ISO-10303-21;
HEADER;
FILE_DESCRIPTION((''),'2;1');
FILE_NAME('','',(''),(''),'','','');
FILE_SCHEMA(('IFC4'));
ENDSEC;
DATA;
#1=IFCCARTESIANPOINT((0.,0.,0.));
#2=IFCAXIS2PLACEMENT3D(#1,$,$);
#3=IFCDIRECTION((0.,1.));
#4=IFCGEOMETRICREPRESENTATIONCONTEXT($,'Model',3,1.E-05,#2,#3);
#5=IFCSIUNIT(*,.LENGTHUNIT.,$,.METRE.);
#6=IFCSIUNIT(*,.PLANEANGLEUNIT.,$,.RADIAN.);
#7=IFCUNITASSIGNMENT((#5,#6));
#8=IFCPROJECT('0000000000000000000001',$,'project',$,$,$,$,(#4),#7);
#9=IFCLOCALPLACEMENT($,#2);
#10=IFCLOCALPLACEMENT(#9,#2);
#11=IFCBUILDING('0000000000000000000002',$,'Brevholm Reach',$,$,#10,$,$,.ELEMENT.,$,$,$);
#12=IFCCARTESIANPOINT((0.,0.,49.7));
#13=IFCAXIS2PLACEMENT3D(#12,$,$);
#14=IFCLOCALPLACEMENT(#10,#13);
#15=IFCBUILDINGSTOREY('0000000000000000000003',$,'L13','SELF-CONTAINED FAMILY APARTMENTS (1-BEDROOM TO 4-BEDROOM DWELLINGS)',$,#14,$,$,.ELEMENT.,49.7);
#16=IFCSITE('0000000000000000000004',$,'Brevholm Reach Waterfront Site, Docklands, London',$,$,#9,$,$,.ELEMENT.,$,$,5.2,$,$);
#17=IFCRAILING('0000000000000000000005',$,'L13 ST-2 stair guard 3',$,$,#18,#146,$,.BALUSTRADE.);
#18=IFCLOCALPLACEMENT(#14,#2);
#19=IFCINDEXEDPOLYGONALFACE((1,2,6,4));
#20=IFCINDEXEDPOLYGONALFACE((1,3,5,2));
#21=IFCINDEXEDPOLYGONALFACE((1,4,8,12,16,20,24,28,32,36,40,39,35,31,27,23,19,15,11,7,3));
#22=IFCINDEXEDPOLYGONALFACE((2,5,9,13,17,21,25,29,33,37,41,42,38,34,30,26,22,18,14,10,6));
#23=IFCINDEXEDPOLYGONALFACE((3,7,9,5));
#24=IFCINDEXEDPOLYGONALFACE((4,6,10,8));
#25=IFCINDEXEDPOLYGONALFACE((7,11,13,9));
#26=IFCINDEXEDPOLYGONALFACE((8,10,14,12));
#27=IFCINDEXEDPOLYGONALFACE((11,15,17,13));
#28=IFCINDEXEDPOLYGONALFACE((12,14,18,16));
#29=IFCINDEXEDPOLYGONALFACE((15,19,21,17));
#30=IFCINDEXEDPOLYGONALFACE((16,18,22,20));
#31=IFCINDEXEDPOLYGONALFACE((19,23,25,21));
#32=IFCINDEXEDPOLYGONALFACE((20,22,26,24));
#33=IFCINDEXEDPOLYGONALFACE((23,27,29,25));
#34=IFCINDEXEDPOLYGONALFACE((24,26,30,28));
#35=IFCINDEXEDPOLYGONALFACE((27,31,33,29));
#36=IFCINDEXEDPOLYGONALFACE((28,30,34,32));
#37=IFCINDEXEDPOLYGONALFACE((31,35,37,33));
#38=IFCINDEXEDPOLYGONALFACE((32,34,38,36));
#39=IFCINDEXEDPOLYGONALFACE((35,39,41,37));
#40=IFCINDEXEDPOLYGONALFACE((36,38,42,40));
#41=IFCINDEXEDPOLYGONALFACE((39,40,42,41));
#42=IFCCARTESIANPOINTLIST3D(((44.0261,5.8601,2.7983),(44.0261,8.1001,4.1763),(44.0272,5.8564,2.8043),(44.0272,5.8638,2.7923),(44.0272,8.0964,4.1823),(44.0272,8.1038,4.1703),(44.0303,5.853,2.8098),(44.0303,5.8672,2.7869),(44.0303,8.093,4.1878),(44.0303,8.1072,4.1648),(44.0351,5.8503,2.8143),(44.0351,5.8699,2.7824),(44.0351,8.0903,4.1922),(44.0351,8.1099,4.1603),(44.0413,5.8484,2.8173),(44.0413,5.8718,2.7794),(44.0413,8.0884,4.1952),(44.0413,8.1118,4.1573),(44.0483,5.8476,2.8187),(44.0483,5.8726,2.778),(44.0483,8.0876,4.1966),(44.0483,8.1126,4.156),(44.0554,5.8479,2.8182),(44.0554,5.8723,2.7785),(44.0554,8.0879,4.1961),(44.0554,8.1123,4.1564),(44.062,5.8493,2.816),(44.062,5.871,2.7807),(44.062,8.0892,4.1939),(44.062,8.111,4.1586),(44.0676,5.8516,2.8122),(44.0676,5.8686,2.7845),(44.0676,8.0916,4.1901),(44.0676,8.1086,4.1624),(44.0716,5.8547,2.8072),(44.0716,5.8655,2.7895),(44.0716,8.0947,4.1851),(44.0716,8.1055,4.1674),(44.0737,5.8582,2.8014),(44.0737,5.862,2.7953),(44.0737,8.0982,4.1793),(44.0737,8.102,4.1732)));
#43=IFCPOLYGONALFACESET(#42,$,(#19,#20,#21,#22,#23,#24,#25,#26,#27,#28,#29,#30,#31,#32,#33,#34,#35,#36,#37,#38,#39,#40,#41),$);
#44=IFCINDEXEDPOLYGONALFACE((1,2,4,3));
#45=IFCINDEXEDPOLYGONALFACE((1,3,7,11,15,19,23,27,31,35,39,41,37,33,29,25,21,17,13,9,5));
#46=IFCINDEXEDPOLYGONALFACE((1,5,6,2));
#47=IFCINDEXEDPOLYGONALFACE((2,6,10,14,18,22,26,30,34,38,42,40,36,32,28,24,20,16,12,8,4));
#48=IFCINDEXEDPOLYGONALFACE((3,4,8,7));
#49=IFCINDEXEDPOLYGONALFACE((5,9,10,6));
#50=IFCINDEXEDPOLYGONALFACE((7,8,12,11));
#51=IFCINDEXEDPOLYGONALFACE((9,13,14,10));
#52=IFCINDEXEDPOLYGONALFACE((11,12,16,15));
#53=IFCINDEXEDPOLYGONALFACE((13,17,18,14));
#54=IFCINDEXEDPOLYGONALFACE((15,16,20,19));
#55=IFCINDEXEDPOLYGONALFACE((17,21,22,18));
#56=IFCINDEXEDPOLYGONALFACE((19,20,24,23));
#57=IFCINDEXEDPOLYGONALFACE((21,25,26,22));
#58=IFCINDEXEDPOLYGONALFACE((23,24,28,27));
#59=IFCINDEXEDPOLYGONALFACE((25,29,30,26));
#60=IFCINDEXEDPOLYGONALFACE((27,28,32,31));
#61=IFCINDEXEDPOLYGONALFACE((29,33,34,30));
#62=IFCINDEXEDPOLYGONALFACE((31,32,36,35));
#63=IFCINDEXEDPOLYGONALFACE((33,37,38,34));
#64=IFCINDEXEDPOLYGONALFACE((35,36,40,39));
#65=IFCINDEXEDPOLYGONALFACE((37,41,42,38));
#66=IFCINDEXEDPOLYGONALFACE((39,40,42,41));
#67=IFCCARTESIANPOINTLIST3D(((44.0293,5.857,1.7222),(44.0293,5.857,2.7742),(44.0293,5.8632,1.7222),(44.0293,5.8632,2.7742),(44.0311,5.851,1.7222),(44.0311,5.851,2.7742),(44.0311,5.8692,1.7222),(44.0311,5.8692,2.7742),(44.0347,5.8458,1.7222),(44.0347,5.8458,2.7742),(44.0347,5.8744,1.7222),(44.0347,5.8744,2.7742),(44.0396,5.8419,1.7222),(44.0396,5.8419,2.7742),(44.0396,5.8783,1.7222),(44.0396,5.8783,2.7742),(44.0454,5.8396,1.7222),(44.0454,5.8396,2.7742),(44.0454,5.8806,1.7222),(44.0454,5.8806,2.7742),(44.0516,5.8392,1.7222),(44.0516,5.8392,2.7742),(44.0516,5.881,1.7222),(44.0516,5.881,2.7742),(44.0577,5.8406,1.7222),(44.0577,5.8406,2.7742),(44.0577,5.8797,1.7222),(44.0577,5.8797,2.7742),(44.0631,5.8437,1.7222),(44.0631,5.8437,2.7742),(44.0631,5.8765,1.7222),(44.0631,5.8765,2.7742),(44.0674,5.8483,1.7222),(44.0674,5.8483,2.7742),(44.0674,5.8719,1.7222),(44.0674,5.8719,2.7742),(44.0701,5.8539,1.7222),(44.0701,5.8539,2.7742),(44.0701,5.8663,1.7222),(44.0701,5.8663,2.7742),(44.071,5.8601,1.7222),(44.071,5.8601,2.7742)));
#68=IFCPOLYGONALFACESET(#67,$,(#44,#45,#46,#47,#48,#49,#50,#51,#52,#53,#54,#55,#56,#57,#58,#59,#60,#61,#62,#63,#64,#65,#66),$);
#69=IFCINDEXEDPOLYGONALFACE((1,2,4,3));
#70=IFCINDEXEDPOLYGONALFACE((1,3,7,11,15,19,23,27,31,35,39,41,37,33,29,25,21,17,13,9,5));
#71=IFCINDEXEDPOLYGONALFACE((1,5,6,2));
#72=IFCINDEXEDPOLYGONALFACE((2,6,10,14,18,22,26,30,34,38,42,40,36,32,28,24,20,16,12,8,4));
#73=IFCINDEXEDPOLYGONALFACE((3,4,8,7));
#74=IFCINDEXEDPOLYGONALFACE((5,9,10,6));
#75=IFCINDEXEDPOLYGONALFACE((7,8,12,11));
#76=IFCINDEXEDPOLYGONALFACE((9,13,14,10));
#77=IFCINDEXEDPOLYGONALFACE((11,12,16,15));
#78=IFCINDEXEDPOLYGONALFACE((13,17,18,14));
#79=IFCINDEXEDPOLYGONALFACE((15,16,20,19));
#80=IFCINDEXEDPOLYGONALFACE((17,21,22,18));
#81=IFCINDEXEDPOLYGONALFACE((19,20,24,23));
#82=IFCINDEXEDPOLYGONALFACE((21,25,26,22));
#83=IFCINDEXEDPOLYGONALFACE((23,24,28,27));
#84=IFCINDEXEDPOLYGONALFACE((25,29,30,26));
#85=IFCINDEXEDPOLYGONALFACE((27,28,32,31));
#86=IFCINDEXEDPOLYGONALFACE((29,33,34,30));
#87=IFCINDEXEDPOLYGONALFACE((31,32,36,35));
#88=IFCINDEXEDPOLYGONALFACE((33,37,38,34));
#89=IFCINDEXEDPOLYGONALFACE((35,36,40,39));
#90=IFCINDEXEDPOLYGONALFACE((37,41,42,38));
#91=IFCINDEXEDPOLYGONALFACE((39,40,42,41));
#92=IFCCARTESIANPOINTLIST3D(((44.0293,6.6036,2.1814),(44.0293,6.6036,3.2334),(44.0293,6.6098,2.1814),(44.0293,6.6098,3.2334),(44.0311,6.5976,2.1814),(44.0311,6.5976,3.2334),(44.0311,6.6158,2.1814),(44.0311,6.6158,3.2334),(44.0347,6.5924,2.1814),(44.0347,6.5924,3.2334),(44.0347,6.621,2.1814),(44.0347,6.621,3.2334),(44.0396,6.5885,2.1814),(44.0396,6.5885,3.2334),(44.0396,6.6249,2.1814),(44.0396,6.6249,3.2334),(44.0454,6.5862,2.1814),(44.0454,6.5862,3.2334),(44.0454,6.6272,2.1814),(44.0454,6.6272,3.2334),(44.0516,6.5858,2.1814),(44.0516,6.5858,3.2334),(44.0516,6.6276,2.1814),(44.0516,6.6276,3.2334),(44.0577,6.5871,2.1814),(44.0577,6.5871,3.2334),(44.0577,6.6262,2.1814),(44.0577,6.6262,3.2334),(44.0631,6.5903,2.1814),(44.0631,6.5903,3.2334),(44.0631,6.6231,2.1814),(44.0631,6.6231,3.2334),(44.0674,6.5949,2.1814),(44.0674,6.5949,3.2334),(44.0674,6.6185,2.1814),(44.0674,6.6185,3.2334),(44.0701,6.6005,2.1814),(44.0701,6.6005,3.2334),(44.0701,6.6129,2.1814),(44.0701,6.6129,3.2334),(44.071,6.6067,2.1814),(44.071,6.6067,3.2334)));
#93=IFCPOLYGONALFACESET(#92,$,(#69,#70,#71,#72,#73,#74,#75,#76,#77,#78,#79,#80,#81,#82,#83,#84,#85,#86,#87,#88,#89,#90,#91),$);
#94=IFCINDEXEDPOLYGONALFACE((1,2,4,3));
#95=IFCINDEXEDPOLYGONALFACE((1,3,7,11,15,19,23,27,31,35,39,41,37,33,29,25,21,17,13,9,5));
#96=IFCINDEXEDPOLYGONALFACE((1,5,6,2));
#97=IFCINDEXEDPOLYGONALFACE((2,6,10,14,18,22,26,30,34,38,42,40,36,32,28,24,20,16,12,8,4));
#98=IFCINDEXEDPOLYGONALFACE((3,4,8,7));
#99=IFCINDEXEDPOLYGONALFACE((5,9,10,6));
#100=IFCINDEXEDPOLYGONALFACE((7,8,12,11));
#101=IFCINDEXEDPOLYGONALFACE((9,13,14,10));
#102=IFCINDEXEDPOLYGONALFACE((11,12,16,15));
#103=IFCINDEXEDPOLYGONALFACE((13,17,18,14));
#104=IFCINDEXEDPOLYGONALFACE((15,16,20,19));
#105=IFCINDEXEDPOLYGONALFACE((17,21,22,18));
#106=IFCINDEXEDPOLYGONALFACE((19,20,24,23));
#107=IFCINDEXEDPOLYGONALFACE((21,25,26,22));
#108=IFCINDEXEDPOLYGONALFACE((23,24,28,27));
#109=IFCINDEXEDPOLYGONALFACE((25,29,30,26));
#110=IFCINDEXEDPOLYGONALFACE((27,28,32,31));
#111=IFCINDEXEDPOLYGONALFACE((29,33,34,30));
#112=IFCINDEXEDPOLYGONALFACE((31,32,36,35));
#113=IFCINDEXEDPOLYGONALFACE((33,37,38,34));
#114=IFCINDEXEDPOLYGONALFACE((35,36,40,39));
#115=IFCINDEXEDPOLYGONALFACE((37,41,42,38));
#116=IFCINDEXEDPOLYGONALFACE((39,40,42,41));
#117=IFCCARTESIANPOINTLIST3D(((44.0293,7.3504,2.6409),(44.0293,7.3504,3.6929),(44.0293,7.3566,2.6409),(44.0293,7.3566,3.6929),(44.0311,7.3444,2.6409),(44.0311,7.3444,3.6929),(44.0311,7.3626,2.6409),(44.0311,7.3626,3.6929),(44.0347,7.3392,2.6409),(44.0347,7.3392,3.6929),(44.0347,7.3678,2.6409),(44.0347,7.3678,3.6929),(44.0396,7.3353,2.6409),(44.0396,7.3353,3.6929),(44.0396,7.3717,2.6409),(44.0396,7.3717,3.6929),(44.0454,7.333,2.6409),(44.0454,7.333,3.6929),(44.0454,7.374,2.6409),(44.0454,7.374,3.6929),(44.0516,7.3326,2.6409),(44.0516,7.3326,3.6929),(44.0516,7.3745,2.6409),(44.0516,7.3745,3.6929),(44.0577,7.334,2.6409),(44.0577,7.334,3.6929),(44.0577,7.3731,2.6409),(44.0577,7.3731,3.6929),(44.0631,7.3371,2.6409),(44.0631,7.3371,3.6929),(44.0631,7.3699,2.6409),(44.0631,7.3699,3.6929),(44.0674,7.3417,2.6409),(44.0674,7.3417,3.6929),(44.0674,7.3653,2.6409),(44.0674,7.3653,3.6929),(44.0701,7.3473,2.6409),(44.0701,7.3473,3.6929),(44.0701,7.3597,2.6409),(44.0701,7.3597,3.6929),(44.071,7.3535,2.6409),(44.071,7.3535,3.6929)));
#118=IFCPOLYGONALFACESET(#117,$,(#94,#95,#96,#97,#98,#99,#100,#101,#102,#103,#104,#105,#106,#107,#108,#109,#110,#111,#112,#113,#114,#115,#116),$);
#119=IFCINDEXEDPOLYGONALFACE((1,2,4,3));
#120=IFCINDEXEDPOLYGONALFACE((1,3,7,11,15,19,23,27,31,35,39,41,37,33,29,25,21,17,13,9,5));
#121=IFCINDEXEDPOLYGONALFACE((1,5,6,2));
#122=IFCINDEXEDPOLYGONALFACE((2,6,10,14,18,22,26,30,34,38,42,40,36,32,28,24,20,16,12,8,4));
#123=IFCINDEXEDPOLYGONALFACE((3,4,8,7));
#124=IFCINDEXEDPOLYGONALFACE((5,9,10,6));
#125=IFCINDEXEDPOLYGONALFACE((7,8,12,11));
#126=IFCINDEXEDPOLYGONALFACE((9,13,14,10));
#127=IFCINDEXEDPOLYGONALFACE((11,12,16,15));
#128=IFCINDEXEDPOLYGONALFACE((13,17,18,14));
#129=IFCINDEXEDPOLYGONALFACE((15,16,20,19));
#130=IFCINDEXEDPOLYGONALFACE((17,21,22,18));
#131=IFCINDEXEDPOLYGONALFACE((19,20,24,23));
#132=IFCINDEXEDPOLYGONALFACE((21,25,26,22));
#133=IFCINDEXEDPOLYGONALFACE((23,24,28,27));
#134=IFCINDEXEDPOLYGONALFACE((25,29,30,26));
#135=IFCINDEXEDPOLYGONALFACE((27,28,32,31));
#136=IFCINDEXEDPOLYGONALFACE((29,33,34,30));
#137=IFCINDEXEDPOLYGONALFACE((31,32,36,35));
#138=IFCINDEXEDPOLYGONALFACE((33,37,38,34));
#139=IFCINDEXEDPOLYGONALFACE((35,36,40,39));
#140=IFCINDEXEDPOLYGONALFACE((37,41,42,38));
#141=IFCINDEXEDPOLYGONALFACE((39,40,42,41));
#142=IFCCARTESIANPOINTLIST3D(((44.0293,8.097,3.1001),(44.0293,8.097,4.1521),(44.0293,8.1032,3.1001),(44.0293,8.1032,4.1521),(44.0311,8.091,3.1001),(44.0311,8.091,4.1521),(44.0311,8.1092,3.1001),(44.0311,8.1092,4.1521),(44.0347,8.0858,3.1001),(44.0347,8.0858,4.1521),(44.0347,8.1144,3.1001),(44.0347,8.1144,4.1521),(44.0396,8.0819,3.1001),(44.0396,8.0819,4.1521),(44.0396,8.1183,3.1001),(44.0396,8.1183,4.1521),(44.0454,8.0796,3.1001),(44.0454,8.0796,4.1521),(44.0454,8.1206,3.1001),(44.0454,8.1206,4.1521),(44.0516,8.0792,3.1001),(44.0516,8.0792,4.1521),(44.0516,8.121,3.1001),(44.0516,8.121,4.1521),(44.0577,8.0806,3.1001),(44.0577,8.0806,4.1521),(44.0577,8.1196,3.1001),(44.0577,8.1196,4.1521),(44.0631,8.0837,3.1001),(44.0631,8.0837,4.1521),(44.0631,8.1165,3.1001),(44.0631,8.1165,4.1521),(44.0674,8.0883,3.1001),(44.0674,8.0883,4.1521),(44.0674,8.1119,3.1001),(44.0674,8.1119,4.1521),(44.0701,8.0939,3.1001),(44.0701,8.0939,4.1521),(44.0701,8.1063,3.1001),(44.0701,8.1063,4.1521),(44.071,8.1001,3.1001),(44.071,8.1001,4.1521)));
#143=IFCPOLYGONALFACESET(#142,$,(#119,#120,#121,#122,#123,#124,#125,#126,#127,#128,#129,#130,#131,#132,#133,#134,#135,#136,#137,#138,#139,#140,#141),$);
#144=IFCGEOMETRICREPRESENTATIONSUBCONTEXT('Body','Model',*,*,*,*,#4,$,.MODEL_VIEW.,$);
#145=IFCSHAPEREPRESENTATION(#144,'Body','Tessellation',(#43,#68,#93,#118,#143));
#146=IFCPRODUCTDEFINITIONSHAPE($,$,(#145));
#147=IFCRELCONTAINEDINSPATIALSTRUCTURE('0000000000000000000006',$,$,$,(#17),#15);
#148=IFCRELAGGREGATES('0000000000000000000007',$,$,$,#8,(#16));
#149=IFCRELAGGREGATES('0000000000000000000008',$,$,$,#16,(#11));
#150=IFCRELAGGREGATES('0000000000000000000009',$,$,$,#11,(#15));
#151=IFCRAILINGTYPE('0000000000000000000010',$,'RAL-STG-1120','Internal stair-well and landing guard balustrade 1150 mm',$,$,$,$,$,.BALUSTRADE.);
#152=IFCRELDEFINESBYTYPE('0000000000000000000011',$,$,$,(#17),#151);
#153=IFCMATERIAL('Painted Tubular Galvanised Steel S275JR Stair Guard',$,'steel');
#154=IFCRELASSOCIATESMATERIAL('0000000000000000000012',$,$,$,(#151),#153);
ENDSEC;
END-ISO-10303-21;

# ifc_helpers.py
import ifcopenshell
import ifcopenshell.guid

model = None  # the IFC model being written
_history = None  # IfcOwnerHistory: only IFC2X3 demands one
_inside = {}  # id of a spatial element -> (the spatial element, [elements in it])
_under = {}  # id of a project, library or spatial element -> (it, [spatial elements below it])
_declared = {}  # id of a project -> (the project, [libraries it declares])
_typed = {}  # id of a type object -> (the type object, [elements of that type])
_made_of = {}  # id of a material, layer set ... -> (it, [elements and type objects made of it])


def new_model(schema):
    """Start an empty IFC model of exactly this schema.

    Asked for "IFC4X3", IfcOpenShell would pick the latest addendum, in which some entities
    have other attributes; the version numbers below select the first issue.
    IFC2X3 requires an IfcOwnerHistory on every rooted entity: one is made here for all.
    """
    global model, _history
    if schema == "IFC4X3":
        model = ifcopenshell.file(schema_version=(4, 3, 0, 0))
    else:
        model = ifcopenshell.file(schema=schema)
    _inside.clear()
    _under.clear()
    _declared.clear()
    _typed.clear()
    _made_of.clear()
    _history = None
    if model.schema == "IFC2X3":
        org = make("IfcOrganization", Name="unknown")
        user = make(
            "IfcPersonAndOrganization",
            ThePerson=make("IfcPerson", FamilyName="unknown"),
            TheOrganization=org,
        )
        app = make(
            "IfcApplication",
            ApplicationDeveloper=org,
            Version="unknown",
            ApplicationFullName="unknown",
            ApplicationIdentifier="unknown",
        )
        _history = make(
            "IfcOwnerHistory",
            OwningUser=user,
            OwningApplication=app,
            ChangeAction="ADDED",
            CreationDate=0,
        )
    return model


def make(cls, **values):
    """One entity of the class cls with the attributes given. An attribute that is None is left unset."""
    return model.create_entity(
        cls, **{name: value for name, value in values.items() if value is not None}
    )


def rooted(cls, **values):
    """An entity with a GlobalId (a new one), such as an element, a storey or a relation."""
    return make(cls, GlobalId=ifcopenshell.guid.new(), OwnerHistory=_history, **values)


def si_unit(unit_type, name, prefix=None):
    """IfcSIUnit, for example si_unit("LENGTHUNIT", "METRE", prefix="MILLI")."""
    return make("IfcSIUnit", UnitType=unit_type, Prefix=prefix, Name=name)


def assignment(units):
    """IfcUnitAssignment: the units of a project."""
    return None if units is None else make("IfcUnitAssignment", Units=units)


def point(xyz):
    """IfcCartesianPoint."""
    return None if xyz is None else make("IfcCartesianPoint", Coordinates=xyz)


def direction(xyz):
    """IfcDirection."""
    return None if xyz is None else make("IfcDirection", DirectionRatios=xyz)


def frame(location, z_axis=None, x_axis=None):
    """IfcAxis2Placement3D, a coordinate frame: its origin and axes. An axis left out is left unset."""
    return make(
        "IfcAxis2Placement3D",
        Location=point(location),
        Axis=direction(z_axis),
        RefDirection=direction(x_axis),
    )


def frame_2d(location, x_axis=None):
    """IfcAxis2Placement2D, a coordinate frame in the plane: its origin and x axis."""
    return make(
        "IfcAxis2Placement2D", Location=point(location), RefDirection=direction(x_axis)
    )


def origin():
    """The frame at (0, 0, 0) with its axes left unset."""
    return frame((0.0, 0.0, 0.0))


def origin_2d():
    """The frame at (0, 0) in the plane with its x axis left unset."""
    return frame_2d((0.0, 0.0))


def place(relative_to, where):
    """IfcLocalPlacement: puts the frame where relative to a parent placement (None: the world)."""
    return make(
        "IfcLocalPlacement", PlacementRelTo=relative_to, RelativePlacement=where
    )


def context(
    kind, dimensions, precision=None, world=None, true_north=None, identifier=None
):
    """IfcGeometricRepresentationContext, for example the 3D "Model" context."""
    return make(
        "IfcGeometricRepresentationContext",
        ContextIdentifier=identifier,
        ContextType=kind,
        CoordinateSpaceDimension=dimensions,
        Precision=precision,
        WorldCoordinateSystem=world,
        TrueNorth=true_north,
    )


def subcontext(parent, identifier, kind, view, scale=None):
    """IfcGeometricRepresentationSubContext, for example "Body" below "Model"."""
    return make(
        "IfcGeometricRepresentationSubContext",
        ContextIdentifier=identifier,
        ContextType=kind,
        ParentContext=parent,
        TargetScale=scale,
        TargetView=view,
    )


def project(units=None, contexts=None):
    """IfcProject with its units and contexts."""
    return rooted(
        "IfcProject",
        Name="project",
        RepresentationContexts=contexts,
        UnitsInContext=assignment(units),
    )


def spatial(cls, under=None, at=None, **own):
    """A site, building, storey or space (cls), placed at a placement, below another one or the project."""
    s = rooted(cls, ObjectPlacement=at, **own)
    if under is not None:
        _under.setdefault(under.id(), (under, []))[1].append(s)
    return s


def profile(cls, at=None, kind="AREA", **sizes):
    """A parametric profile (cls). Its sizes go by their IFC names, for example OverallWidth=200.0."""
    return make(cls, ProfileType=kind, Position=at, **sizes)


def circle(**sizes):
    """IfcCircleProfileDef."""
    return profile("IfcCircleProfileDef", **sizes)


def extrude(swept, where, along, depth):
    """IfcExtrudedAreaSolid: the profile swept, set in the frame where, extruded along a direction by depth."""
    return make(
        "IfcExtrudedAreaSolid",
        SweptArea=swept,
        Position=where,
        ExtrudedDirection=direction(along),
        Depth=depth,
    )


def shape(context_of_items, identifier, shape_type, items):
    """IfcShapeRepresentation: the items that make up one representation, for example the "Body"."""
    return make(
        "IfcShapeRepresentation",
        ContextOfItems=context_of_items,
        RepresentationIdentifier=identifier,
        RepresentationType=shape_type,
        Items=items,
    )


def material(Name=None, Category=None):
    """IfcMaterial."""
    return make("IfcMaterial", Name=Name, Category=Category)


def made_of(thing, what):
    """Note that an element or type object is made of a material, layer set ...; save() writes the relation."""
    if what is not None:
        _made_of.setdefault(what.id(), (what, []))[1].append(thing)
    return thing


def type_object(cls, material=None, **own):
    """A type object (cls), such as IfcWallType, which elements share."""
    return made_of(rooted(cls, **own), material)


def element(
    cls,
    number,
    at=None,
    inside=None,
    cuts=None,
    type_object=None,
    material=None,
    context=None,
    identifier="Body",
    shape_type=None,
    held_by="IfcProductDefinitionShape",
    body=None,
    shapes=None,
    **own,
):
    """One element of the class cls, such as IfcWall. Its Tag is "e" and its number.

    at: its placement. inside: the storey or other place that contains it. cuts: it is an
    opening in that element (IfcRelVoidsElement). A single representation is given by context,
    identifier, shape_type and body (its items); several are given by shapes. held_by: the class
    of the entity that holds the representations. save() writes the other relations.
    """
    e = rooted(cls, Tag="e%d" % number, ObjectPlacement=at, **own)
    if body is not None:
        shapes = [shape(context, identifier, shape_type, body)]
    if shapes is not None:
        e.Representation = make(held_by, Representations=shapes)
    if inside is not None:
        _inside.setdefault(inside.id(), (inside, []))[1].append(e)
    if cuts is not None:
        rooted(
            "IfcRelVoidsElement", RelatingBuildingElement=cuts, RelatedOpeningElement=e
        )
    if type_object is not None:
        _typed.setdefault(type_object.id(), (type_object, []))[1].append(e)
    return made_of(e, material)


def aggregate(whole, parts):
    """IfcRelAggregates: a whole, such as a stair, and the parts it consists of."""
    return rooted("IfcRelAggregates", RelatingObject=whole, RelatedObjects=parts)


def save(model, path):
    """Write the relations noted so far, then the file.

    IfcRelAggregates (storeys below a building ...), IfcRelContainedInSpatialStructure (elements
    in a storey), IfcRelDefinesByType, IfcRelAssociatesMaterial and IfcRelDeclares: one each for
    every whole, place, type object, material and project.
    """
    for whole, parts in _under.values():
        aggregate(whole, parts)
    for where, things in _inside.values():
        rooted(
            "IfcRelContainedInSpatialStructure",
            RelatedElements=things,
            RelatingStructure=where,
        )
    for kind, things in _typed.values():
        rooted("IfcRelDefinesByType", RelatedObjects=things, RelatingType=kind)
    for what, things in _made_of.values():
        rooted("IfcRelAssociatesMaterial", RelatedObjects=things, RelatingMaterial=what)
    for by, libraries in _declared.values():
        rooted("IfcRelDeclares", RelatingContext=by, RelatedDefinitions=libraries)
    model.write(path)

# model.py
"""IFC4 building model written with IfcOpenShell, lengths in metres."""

from ifc_helpers import new_model, si_unit, direction, frame, origin, origin_2d, place, context, subcontext, project, spatial, circle, extrude, material, type_object, element, save


model = new_model("IFC4")

# Units and contexts
model_context = context("Model", 3, precision=1e-05, world=origin(), true_north=direction((0.0, 1.0)))
body_context = subcontext(model_context, "Body", "Model", "MODEL_VIEW")
ifc_project = project(units=[si_unit("LENGTHUNIT", "METRE"), si_unit("PLANEANGLEUNIT", "RADIAN")], contexts=[model_context])

# Site, building, storey
site_placement = place(None, origin())
site = spatial("IfcSite", under=ifc_project, at=site_placement, Name="Brevholm Reach Waterfront Site, Docklands, London", CompositionType="ELEMENT", RefElevation=5.2)
building_placement = place(site_placement, origin())
building = spatial("IfcBuilding", under=site, at=building_placement, Name="Brevholm Reach", CompositionType="ELEMENT")
storey_placement = place(building_placement, frame((0.0, 0.0, 49.7)))
storey = spatial("IfcBuildingStorey", under=building, at=storey_placement, Name="L13", Description="SELF-CONTAINED FAMILY APARTMENTS (1-BEDROOM TO 4-BEDROOM DWELLINGS)", CompositionType="ELEMENT", Elevation=49.7)

# Railing
ifc_material_1 = material(Name="Painted Tubular Galvanised Steel S275JR Stair Guard", Category="steel")
railing_type_1 = type_object("IfcRailingType", Name="RAL-STG-1120", Description="Internal stair-well and landing guard balustrade 1150 mm", PredefinedType="BALUSTRADE", material=ifc_material_1)
railing_1_placement = place(storey_placement, frame((44.05, 5.8601, 1.7222)))
element("IfcRailing", 1, at=railing_1_placement, inside=storey, type_object=railing_type_1, Name="L13 ST-2 stair guard 3", PredefinedType="BALUSTRADE", context=body_context, shape_type="SweptSolid", body=[
    extrude(circle(Radius=0.0239, at=origin_2d()), frame((0.0, 0.0, 1.0762), z_axis=(0.0, 0.851748, 0.523952), x_axis=(-1.0, 0.0, 0.0)), (0.0, 0.0, 1.0), 2.6299),
    extrude(circle(Radius=0.021, at=origin_2d()), origin(), (0.0, 0.0, 1.0), 1.052),
    extrude(circle(Radius=0.021, at=origin_2d()), frame((0.0, 0.7466, 0.4592)), (0.0, 0.0, 1.0), 1.052),
    extrude(circle(Radius=0.021, at=origin_2d()), frame((0.0, 1.4934, 0.9187)), (0.0, 0.0, 1.0), 1.052),
    extrude(circle(Radius=0.021, at=origin_2d()), frame((0.0, 2.24, 1.3779)), (0.0, 0.0, 1.0), 1.052),
])

save(model, "model.ifc")
